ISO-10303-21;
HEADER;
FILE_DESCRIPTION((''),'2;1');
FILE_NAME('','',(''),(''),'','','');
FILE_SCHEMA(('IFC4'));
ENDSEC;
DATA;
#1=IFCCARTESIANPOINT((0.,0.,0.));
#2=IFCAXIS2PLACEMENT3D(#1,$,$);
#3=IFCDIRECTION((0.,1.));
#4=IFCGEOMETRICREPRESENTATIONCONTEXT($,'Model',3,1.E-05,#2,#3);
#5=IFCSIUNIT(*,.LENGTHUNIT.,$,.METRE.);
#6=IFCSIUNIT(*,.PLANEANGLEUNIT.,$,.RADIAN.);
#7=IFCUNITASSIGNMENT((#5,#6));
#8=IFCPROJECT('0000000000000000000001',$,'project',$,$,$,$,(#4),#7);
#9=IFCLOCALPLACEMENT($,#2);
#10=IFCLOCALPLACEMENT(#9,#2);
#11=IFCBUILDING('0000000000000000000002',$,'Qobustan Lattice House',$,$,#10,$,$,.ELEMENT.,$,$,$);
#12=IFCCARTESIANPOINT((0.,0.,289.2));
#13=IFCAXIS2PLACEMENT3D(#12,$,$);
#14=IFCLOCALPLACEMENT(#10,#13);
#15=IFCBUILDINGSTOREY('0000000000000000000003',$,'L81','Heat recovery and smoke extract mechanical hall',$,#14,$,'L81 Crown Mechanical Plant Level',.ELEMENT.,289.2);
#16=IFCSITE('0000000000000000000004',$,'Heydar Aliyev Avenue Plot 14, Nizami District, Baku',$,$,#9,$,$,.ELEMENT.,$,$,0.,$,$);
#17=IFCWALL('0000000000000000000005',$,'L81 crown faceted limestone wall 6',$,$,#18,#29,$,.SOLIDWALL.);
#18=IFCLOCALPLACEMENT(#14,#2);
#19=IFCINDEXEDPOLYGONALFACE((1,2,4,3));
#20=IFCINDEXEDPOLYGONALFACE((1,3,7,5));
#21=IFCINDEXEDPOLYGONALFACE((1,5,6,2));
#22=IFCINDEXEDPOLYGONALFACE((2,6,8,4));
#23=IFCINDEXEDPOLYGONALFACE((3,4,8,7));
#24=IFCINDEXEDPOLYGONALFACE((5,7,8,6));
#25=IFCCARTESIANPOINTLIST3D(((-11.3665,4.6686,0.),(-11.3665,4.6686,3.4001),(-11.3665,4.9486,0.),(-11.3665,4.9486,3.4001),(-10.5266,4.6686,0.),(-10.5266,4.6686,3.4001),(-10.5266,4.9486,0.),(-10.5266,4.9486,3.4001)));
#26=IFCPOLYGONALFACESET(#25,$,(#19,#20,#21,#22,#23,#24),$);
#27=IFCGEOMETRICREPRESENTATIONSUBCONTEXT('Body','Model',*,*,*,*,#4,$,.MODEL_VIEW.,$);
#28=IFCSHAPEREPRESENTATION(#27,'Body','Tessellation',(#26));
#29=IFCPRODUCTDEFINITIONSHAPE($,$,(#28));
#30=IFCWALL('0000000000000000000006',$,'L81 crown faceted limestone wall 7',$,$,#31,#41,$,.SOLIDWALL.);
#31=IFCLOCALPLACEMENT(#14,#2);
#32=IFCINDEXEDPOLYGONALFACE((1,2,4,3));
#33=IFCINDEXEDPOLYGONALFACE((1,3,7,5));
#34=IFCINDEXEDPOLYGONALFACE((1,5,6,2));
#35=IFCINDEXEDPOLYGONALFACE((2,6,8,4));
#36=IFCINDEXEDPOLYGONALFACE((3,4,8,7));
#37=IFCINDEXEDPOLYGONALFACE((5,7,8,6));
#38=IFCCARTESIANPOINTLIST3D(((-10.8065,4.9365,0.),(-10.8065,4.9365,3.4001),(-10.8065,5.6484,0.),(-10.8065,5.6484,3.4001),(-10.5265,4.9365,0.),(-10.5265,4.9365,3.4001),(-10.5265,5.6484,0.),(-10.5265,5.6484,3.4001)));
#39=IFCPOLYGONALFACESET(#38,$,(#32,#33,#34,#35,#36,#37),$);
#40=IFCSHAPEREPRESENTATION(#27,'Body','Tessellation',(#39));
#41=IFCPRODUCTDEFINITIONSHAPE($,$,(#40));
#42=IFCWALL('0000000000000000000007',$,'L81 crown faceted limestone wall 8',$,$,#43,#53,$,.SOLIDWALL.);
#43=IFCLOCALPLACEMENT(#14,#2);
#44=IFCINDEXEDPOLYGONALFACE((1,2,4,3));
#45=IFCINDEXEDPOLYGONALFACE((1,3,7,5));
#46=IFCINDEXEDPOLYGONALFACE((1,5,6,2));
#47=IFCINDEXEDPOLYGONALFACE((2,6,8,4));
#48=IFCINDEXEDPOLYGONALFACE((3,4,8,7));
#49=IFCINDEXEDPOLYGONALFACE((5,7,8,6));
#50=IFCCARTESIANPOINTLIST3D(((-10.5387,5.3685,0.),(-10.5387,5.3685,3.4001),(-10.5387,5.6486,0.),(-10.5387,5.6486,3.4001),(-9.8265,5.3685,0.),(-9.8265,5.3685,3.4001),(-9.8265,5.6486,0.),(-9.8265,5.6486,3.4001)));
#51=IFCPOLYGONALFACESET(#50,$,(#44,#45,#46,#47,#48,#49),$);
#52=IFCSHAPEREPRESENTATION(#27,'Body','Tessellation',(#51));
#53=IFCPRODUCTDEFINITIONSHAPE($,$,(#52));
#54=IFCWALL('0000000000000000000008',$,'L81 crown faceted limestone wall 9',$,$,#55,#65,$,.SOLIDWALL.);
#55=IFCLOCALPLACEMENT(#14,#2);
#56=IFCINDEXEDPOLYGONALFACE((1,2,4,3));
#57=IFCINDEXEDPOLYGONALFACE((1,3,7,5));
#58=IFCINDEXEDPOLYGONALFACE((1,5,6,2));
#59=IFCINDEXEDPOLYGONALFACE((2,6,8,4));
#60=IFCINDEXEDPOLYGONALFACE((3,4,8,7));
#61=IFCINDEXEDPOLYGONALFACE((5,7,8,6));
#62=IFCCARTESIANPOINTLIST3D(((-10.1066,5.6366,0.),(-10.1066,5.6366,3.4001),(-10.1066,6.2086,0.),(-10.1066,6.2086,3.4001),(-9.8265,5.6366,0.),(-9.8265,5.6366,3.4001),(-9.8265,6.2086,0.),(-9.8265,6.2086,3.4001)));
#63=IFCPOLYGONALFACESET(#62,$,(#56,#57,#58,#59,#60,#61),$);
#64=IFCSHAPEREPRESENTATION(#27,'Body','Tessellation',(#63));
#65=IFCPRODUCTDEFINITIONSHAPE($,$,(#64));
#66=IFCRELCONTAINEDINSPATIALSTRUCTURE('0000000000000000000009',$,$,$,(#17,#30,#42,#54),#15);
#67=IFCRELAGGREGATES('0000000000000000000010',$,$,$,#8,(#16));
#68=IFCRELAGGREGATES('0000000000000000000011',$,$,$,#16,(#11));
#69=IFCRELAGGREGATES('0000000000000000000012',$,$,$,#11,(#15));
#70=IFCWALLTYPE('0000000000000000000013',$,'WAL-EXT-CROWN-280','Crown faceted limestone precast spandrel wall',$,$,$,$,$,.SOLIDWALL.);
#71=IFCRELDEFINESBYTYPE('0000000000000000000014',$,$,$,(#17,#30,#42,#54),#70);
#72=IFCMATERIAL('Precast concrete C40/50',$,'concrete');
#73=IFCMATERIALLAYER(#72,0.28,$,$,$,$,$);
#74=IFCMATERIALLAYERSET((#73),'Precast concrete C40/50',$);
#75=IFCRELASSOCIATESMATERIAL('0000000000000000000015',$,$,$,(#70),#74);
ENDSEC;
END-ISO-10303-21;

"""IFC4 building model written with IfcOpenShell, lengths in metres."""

from ifc_helpers import new_model, si_unit, direction, frame, frame_2d, origin, place, context, subcontext, project, spatial, rectangle, extrude, material, layer, layer_set, type_object, element, save


model = new_model("IFC4")

# Units and contexts
model_context = context("Model", 3, precision=1e-05, world=origin(), true_north=direction((0.0, 1.0)))
body_context = subcontext(model_context, "Body", "Model", "MODEL_VIEW")
ifc_project = project(units=[si_unit("LENGTHUNIT", "METRE"), si_unit("PLANEANGLEUNIT", "RADIAN")], contexts=[model_context])

# Site, building, storey
site_placement = place(None, origin())
site = spatial("IfcSite", under=ifc_project, at=site_placement, Name="Heydar Aliyev Avenue Plot 14, Nizami District, Baku", CompositionType="ELEMENT", RefElevation=0.0)
building_placement = place(site_placement, origin())
building = spatial("IfcBuilding", under=site, at=building_placement, Name="Qobustan Lattice House", CompositionType="ELEMENT")
storey_placement = place(building_placement, frame((0.0, 0.0, 289.2)))
storey = spatial("IfcBuildingStorey", under=building, at=storey_placement, Name="L81", Description="Heat recovery and smoke extract mechanical hall", LongName="L81 Crown Mechanical Plant Level", CompositionType="ELEMENT", Elevation=289.2)

# Walls
ifc_material_1 = material(Name="Precast concrete C40/50", Category="concrete")
ifc_layer_1 = layer(ifc_material_1, 0.28)
ifc_layer_set_1 = layer_set([ifc_layer_1], Name="Precast concrete C40/50")
wall_type = type_object("IfcWallType", Name="WAL-EXT-CROWN-280", Description="Crown faceted limestone precast spandrel wall", PredefinedType="SOLIDWALL", material=ifc_layer_set_1)
wall_1_placement = place(storey_placement, frame((-11.3665, 4.8086, 0.0), z_axis=(0.0, 0.0, 1.0), x_axis=(1.0, 0.0, 0.0)))
element("IfcWall", 1, at=wall_1_placement, inside=storey, type_object=wall_type, Name="L81 crown faceted limestone wall 6", PredefinedType="SOLIDWALL", context=body_context, shape_type="SweptSolid", body=[
    extrude(rectangle(XDim=0.8398, YDim=0.28, at=frame_2d((0.4199, 0.0))), origin(), (0.0, 0.0, 1.0), 3.4001),
])
wall_2_placement = place(storey_placement, frame((-10.6665, 4.9365, 0.0), z_axis=(0.0, 0.0, 1.0), x_axis=(0.0, 1.0, 0.0)))
element("IfcWall", 2, at=wall_2_placement, inside=storey, type_object=wall_type, Name="L81 crown faceted limestone wall 7", PredefinedType="SOLIDWALL", context=body_context, shape_type="SweptSolid", body=[
    extrude(rectangle(XDim=0.7119, YDim=0.28, at=frame_2d((0.356, 0.0))), origin(), (0.0, 0.0, 1.0), 3.4001),
])
wall_3_placement = place(storey_placement, frame((-10.5386, 5.5085, 0.0), z_axis=(0.0, 0.0, 1.0), x_axis=(1.0, 0.0, 0.0)))
element("IfcWall", 3, at=wall_3_placement, inside=storey, type_object=wall_type, Name="L81 crown faceted limestone wall 8", PredefinedType="SOLIDWALL", context=body_context, shape_type="SweptSolid", body=[
    extrude(rectangle(XDim=0.7122, YDim=0.28, at=frame_2d((0.356, 0.0))), origin(), (0.0, 0.0, 1.0), 3.4001),
])
wall_4_placement = place(storey_placement, frame((-9.9666, 5.6365, 0.0), z_axis=(0.0, 0.0, 1.0), x_axis=(0.0, 1.0, 0.0)))
element("IfcWall", 4, at=wall_4_placement, inside=storey, type_object=wall_type, Name="L81 crown faceted limestone wall 9", PredefinedType="SOLIDWALL", context=body_context, shape_type="SweptSolid", body=[
    extrude(rectangle(XDim=0.572, YDim=0.28, at=frame_2d((0.2861, 0.0))), origin(), (0.0, 0.0, 1.0), 3.4001),
])

save(model, "model.ifc")
